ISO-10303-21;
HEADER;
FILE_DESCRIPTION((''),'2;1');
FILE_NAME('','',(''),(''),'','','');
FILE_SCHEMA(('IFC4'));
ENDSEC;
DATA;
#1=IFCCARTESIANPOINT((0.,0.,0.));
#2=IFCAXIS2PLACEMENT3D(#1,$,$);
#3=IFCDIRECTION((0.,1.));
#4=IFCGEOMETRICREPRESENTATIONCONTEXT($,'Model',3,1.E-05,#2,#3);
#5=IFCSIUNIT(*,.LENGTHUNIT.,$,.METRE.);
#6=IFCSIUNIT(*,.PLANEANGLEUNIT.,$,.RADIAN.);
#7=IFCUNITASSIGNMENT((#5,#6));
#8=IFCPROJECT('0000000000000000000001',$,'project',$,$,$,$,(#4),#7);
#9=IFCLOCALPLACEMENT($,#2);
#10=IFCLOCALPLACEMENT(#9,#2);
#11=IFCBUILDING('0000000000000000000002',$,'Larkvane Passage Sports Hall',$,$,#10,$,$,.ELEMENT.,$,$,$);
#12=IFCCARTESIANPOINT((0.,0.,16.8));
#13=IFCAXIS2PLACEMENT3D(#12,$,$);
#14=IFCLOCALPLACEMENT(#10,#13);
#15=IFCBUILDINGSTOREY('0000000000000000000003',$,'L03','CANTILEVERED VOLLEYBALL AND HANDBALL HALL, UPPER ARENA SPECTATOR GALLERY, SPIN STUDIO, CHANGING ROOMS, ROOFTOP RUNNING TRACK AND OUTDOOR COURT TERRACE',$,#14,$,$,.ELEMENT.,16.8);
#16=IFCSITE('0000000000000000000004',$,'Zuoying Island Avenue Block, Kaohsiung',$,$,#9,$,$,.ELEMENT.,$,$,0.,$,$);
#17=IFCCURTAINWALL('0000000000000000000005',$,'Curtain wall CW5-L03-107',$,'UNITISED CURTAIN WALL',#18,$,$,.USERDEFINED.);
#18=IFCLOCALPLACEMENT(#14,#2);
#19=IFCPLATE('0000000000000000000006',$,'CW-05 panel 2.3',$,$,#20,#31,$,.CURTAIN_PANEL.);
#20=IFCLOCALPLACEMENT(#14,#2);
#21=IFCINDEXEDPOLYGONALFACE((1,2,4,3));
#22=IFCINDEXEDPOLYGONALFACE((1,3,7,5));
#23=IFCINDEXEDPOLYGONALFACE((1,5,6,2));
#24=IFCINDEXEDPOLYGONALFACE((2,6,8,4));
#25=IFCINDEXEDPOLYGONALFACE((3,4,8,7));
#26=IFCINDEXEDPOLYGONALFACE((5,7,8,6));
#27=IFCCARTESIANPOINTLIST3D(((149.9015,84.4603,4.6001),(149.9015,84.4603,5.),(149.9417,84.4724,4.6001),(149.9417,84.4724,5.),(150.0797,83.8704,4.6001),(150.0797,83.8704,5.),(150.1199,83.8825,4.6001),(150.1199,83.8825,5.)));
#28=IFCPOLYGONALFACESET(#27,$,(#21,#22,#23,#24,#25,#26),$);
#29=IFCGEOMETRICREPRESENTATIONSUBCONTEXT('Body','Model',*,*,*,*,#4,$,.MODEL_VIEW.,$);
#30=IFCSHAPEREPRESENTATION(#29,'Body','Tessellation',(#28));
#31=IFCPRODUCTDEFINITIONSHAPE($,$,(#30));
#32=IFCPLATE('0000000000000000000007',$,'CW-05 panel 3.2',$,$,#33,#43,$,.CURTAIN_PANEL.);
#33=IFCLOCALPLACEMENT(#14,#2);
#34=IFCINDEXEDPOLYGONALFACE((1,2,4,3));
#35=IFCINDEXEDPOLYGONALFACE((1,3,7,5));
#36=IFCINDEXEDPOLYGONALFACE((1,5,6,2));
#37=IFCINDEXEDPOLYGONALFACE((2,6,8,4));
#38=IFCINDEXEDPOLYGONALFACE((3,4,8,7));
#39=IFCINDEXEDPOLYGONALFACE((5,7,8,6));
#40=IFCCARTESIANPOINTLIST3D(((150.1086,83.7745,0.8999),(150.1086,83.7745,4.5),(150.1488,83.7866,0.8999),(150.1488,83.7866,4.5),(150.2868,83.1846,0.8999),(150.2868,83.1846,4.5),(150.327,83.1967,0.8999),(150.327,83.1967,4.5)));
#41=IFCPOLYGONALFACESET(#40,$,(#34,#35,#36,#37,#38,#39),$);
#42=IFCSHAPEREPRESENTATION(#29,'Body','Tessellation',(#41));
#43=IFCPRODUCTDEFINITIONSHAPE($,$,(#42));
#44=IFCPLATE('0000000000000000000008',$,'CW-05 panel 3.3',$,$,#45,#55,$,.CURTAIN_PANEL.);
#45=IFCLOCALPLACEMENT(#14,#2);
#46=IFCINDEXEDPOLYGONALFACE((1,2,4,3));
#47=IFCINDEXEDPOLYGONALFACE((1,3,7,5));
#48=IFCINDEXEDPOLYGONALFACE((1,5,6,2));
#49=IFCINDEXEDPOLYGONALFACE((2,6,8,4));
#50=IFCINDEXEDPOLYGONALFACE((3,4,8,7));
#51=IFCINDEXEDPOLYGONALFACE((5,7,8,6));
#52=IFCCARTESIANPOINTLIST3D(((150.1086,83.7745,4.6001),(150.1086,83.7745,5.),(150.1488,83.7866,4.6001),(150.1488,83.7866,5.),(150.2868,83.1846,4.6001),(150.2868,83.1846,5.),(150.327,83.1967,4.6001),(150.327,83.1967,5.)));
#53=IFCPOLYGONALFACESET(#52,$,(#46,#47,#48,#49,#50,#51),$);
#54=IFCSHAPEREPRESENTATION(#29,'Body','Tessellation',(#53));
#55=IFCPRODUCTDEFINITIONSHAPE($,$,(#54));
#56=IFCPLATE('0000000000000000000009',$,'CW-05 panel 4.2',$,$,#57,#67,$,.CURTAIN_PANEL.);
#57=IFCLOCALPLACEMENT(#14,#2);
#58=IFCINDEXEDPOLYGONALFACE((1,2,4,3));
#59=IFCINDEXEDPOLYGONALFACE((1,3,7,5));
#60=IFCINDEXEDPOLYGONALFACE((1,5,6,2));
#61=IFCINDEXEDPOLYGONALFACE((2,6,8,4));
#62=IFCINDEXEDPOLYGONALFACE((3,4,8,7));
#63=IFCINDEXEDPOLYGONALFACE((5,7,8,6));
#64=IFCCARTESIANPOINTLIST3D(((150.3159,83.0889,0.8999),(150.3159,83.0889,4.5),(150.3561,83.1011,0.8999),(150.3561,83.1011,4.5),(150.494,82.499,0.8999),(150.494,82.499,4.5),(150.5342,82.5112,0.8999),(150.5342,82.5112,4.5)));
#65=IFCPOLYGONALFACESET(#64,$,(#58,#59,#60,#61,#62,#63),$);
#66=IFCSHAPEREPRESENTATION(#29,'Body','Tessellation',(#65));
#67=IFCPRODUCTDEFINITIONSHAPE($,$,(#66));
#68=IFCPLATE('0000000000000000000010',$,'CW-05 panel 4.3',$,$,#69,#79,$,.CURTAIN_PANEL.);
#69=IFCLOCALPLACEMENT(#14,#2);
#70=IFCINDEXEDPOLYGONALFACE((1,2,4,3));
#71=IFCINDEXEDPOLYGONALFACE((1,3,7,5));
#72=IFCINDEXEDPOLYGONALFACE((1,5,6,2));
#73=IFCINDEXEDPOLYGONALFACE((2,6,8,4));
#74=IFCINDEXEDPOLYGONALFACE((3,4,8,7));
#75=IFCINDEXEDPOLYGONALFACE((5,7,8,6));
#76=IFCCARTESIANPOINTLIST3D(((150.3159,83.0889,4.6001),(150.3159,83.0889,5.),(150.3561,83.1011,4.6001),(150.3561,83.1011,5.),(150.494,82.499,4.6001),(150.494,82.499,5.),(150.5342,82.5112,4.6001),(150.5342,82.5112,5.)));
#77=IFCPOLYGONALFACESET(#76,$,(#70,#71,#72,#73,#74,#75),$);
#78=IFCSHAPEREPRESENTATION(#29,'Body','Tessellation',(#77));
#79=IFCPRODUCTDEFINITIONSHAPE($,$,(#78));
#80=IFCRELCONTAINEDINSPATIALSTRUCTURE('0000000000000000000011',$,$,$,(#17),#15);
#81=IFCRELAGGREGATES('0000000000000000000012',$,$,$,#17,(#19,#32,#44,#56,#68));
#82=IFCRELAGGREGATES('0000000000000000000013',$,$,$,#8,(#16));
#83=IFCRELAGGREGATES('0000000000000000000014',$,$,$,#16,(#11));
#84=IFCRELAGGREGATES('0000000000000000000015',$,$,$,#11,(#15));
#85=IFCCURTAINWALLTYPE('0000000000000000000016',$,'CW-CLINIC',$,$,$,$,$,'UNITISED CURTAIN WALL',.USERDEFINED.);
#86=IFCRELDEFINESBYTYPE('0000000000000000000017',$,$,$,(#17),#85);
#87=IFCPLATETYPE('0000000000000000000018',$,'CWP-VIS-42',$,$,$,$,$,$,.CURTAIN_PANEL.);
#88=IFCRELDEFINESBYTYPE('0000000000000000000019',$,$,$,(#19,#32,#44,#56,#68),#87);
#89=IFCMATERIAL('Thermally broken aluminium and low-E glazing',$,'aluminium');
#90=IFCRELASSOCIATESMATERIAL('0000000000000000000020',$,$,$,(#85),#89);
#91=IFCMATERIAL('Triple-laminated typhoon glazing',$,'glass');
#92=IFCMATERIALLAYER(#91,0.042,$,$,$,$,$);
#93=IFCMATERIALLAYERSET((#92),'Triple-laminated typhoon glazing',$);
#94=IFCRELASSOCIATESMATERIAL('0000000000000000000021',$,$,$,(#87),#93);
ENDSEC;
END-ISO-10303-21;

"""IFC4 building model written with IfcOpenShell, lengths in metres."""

from ifc_helpers import new_model, si_unit, direction, frame, origin, origin_2d, place, context, subcontext, project, spatial, rectangle, extrude, material, layer, layer_set, type_object, element, aggregate, save


model = new_model("IFC4")

# Units and contexts
model_context = context("Model", 3, precision=1e-05, world=origin(), true_north=direction((0.0, 1.0)))
body_context = subcontext(model_context, "Body", "Model", "MODEL_VIEW")
ifc_project = project(units=[si_unit("LENGTHUNIT", "METRE"), si_unit("PLANEANGLEUNIT", "RADIAN")], contexts=[model_context])

# Site, building, storey
site_placement = place(None, origin())
site = spatial("IfcSite", under=ifc_project, at=site_placement, Name="Zuoying Island Avenue Block, Kaohsiung", CompositionType="ELEMENT", RefElevation=0.0)
building_placement = place(site_placement, origin())
building = spatial("IfcBuilding", under=site, at=building_placement, Name="Larkvane Passage Sports Hall", CompositionType="ELEMENT")
storey_placement = place(building_placement, frame((0.0, 0.0, 16.8)))
storey = spatial("IfcBuildingStorey", under=building, at=storey_placement, Name="L03", Description="CANTILEVERED VOLLEYBALL AND HANDBALL HALL, UPPER ARENA SPECTATOR GALLERY, SPIN STUDIO, CHANGING ROOMS, ROOFTOP RUNNING TRACK AND OUTDOOR COURT TERRACE", CompositionType="ELEMENT", Elevation=16.8)

# Curtain wall
ifc_material_1 = material(Name="Thermally broken aluminium and low-E glazing", Category="aluminium")
curtain_wall_type_1 = type_object("IfcCurtainWallType", Name="CW-CLINIC", ElementType="UNITISED CURTAIN WALL", PredefinedType="USERDEFINED", material=ifc_material_1)
curtain_wall_1_placement = place(storey_placement, origin())
curtain_wall_1 = element("IfcCurtainWall", 1, at=curtain_wall_1_placement, inside=storey, type_object=curtain_wall_type_1, Name="Curtain wall CW5-L03-107", ObjectType="UNITISED CURTAIN WALL", PredefinedType="USERDEFINED")

# Plates
ifc_material_2 = material(Name="Triple-laminated typhoon glazing", Category="glass")
ifc_layer_1 = layer(ifc_material_2, 0.042)
ifc_layer_set_1 = layer_set([ifc_layer_1], Name="Triple-laminated typhoon glazing")
plate_type_1 = type_object("IfcPlateType", Name="CWP-VIS-42", PredefinedType="CURTAIN_PANEL", material=ifc_layer_set_1)
plate_1_placement = place(storey_placement, frame((150.0107, 84.1714, 4.6001), z_axis=(0.0, 0.0, 1.0), x_axis=(0.289177, -0.957276, 0.0)))
plate_1 = element("IfcPlate", 2, at=plate_1_placement, type_object=plate_type_1, Name="CW-05 panel 2.3", PredefinedType="CURTAIN_PANEL", context=body_context, shape_type="SweptSolid", body=[
    extrude(rectangle(XDim=0.6162, YDim=0.042, at=origin_2d()), origin(), (0.0, 0.0, 1.0), 0.3999),
])
plate_2_placement = place(storey_placement, frame((150.2178, 83.4856, 0.8999), z_axis=(0.0, 0.0, 1.0), x_axis=(0.289177, -0.957276, 0.0)))
plate_2 = element("IfcPlate", 3, at=plate_2_placement, type_object=plate_type_1, Name="CW-05 panel 3.2", PredefinedType="CURTAIN_PANEL", context=body_context, shape_type="SweptSolid", body=[
    extrude(rectangle(XDim=0.6162, YDim=0.042, at=origin_2d()), origin(), (0.0, 0.0, 1.0), 3.6001),
])
plate_3_placement = place(storey_placement, frame((150.2178, 83.4856, 4.6001), z_axis=(0.0, 0.0, 1.0), x_axis=(0.289177, -0.957276, 0.0)))
plate_3 = element("IfcPlate", 4, at=plate_3_placement, type_object=plate_type_1, Name="CW-05 panel 3.3", PredefinedType="CURTAIN_PANEL", context=body_context, shape_type="SweptSolid", body=[
    extrude(rectangle(XDim=0.6162, YDim=0.042, at=origin_2d()), origin(), (0.0, 0.0, 1.0), 0.3999),
])
plate_4_placement = place(storey_placement, frame((150.425, 82.8, 0.8999), z_axis=(0.0, 0.0, 1.0), x_axis=(0.289177, -0.957276, 0.0)))
plate_4 = element("IfcPlate", 5, at=plate_4_placement, type_object=plate_type_1, Name="CW-05 panel 4.2", PredefinedType="CURTAIN_PANEL", context=body_context, shape_type="SweptSolid", body=[
    extrude(rectangle(XDim=0.6162, YDim=0.042, at=origin_2d()), origin(), (0.0, 0.0, 1.0), 3.6001),
])
plate_5_placement = place(storey_placement, frame((150.425, 82.8, 4.6001), z_axis=(0.0, 0.0, 1.0), x_axis=(0.289177, -0.957276, 0.0)))
plate_5 = element("IfcPlate", 6, at=plate_5_placement, type_object=plate_type_1, Name="CW-05 panel 4.3", PredefinedType="CURTAIN_PANEL", context=body_context, shape_type="SweptSolid", body=[
    extrude(rectangle(XDim=0.6162, YDim=0.042, at=origin_2d()), origin(), (0.0, 0.0, 1.0), 0.3999),
])
aggregate(curtain_wall_1, [plate_1, plate_2, plate_3, plate_4, plate_5])

save(model, "model.ifc")
